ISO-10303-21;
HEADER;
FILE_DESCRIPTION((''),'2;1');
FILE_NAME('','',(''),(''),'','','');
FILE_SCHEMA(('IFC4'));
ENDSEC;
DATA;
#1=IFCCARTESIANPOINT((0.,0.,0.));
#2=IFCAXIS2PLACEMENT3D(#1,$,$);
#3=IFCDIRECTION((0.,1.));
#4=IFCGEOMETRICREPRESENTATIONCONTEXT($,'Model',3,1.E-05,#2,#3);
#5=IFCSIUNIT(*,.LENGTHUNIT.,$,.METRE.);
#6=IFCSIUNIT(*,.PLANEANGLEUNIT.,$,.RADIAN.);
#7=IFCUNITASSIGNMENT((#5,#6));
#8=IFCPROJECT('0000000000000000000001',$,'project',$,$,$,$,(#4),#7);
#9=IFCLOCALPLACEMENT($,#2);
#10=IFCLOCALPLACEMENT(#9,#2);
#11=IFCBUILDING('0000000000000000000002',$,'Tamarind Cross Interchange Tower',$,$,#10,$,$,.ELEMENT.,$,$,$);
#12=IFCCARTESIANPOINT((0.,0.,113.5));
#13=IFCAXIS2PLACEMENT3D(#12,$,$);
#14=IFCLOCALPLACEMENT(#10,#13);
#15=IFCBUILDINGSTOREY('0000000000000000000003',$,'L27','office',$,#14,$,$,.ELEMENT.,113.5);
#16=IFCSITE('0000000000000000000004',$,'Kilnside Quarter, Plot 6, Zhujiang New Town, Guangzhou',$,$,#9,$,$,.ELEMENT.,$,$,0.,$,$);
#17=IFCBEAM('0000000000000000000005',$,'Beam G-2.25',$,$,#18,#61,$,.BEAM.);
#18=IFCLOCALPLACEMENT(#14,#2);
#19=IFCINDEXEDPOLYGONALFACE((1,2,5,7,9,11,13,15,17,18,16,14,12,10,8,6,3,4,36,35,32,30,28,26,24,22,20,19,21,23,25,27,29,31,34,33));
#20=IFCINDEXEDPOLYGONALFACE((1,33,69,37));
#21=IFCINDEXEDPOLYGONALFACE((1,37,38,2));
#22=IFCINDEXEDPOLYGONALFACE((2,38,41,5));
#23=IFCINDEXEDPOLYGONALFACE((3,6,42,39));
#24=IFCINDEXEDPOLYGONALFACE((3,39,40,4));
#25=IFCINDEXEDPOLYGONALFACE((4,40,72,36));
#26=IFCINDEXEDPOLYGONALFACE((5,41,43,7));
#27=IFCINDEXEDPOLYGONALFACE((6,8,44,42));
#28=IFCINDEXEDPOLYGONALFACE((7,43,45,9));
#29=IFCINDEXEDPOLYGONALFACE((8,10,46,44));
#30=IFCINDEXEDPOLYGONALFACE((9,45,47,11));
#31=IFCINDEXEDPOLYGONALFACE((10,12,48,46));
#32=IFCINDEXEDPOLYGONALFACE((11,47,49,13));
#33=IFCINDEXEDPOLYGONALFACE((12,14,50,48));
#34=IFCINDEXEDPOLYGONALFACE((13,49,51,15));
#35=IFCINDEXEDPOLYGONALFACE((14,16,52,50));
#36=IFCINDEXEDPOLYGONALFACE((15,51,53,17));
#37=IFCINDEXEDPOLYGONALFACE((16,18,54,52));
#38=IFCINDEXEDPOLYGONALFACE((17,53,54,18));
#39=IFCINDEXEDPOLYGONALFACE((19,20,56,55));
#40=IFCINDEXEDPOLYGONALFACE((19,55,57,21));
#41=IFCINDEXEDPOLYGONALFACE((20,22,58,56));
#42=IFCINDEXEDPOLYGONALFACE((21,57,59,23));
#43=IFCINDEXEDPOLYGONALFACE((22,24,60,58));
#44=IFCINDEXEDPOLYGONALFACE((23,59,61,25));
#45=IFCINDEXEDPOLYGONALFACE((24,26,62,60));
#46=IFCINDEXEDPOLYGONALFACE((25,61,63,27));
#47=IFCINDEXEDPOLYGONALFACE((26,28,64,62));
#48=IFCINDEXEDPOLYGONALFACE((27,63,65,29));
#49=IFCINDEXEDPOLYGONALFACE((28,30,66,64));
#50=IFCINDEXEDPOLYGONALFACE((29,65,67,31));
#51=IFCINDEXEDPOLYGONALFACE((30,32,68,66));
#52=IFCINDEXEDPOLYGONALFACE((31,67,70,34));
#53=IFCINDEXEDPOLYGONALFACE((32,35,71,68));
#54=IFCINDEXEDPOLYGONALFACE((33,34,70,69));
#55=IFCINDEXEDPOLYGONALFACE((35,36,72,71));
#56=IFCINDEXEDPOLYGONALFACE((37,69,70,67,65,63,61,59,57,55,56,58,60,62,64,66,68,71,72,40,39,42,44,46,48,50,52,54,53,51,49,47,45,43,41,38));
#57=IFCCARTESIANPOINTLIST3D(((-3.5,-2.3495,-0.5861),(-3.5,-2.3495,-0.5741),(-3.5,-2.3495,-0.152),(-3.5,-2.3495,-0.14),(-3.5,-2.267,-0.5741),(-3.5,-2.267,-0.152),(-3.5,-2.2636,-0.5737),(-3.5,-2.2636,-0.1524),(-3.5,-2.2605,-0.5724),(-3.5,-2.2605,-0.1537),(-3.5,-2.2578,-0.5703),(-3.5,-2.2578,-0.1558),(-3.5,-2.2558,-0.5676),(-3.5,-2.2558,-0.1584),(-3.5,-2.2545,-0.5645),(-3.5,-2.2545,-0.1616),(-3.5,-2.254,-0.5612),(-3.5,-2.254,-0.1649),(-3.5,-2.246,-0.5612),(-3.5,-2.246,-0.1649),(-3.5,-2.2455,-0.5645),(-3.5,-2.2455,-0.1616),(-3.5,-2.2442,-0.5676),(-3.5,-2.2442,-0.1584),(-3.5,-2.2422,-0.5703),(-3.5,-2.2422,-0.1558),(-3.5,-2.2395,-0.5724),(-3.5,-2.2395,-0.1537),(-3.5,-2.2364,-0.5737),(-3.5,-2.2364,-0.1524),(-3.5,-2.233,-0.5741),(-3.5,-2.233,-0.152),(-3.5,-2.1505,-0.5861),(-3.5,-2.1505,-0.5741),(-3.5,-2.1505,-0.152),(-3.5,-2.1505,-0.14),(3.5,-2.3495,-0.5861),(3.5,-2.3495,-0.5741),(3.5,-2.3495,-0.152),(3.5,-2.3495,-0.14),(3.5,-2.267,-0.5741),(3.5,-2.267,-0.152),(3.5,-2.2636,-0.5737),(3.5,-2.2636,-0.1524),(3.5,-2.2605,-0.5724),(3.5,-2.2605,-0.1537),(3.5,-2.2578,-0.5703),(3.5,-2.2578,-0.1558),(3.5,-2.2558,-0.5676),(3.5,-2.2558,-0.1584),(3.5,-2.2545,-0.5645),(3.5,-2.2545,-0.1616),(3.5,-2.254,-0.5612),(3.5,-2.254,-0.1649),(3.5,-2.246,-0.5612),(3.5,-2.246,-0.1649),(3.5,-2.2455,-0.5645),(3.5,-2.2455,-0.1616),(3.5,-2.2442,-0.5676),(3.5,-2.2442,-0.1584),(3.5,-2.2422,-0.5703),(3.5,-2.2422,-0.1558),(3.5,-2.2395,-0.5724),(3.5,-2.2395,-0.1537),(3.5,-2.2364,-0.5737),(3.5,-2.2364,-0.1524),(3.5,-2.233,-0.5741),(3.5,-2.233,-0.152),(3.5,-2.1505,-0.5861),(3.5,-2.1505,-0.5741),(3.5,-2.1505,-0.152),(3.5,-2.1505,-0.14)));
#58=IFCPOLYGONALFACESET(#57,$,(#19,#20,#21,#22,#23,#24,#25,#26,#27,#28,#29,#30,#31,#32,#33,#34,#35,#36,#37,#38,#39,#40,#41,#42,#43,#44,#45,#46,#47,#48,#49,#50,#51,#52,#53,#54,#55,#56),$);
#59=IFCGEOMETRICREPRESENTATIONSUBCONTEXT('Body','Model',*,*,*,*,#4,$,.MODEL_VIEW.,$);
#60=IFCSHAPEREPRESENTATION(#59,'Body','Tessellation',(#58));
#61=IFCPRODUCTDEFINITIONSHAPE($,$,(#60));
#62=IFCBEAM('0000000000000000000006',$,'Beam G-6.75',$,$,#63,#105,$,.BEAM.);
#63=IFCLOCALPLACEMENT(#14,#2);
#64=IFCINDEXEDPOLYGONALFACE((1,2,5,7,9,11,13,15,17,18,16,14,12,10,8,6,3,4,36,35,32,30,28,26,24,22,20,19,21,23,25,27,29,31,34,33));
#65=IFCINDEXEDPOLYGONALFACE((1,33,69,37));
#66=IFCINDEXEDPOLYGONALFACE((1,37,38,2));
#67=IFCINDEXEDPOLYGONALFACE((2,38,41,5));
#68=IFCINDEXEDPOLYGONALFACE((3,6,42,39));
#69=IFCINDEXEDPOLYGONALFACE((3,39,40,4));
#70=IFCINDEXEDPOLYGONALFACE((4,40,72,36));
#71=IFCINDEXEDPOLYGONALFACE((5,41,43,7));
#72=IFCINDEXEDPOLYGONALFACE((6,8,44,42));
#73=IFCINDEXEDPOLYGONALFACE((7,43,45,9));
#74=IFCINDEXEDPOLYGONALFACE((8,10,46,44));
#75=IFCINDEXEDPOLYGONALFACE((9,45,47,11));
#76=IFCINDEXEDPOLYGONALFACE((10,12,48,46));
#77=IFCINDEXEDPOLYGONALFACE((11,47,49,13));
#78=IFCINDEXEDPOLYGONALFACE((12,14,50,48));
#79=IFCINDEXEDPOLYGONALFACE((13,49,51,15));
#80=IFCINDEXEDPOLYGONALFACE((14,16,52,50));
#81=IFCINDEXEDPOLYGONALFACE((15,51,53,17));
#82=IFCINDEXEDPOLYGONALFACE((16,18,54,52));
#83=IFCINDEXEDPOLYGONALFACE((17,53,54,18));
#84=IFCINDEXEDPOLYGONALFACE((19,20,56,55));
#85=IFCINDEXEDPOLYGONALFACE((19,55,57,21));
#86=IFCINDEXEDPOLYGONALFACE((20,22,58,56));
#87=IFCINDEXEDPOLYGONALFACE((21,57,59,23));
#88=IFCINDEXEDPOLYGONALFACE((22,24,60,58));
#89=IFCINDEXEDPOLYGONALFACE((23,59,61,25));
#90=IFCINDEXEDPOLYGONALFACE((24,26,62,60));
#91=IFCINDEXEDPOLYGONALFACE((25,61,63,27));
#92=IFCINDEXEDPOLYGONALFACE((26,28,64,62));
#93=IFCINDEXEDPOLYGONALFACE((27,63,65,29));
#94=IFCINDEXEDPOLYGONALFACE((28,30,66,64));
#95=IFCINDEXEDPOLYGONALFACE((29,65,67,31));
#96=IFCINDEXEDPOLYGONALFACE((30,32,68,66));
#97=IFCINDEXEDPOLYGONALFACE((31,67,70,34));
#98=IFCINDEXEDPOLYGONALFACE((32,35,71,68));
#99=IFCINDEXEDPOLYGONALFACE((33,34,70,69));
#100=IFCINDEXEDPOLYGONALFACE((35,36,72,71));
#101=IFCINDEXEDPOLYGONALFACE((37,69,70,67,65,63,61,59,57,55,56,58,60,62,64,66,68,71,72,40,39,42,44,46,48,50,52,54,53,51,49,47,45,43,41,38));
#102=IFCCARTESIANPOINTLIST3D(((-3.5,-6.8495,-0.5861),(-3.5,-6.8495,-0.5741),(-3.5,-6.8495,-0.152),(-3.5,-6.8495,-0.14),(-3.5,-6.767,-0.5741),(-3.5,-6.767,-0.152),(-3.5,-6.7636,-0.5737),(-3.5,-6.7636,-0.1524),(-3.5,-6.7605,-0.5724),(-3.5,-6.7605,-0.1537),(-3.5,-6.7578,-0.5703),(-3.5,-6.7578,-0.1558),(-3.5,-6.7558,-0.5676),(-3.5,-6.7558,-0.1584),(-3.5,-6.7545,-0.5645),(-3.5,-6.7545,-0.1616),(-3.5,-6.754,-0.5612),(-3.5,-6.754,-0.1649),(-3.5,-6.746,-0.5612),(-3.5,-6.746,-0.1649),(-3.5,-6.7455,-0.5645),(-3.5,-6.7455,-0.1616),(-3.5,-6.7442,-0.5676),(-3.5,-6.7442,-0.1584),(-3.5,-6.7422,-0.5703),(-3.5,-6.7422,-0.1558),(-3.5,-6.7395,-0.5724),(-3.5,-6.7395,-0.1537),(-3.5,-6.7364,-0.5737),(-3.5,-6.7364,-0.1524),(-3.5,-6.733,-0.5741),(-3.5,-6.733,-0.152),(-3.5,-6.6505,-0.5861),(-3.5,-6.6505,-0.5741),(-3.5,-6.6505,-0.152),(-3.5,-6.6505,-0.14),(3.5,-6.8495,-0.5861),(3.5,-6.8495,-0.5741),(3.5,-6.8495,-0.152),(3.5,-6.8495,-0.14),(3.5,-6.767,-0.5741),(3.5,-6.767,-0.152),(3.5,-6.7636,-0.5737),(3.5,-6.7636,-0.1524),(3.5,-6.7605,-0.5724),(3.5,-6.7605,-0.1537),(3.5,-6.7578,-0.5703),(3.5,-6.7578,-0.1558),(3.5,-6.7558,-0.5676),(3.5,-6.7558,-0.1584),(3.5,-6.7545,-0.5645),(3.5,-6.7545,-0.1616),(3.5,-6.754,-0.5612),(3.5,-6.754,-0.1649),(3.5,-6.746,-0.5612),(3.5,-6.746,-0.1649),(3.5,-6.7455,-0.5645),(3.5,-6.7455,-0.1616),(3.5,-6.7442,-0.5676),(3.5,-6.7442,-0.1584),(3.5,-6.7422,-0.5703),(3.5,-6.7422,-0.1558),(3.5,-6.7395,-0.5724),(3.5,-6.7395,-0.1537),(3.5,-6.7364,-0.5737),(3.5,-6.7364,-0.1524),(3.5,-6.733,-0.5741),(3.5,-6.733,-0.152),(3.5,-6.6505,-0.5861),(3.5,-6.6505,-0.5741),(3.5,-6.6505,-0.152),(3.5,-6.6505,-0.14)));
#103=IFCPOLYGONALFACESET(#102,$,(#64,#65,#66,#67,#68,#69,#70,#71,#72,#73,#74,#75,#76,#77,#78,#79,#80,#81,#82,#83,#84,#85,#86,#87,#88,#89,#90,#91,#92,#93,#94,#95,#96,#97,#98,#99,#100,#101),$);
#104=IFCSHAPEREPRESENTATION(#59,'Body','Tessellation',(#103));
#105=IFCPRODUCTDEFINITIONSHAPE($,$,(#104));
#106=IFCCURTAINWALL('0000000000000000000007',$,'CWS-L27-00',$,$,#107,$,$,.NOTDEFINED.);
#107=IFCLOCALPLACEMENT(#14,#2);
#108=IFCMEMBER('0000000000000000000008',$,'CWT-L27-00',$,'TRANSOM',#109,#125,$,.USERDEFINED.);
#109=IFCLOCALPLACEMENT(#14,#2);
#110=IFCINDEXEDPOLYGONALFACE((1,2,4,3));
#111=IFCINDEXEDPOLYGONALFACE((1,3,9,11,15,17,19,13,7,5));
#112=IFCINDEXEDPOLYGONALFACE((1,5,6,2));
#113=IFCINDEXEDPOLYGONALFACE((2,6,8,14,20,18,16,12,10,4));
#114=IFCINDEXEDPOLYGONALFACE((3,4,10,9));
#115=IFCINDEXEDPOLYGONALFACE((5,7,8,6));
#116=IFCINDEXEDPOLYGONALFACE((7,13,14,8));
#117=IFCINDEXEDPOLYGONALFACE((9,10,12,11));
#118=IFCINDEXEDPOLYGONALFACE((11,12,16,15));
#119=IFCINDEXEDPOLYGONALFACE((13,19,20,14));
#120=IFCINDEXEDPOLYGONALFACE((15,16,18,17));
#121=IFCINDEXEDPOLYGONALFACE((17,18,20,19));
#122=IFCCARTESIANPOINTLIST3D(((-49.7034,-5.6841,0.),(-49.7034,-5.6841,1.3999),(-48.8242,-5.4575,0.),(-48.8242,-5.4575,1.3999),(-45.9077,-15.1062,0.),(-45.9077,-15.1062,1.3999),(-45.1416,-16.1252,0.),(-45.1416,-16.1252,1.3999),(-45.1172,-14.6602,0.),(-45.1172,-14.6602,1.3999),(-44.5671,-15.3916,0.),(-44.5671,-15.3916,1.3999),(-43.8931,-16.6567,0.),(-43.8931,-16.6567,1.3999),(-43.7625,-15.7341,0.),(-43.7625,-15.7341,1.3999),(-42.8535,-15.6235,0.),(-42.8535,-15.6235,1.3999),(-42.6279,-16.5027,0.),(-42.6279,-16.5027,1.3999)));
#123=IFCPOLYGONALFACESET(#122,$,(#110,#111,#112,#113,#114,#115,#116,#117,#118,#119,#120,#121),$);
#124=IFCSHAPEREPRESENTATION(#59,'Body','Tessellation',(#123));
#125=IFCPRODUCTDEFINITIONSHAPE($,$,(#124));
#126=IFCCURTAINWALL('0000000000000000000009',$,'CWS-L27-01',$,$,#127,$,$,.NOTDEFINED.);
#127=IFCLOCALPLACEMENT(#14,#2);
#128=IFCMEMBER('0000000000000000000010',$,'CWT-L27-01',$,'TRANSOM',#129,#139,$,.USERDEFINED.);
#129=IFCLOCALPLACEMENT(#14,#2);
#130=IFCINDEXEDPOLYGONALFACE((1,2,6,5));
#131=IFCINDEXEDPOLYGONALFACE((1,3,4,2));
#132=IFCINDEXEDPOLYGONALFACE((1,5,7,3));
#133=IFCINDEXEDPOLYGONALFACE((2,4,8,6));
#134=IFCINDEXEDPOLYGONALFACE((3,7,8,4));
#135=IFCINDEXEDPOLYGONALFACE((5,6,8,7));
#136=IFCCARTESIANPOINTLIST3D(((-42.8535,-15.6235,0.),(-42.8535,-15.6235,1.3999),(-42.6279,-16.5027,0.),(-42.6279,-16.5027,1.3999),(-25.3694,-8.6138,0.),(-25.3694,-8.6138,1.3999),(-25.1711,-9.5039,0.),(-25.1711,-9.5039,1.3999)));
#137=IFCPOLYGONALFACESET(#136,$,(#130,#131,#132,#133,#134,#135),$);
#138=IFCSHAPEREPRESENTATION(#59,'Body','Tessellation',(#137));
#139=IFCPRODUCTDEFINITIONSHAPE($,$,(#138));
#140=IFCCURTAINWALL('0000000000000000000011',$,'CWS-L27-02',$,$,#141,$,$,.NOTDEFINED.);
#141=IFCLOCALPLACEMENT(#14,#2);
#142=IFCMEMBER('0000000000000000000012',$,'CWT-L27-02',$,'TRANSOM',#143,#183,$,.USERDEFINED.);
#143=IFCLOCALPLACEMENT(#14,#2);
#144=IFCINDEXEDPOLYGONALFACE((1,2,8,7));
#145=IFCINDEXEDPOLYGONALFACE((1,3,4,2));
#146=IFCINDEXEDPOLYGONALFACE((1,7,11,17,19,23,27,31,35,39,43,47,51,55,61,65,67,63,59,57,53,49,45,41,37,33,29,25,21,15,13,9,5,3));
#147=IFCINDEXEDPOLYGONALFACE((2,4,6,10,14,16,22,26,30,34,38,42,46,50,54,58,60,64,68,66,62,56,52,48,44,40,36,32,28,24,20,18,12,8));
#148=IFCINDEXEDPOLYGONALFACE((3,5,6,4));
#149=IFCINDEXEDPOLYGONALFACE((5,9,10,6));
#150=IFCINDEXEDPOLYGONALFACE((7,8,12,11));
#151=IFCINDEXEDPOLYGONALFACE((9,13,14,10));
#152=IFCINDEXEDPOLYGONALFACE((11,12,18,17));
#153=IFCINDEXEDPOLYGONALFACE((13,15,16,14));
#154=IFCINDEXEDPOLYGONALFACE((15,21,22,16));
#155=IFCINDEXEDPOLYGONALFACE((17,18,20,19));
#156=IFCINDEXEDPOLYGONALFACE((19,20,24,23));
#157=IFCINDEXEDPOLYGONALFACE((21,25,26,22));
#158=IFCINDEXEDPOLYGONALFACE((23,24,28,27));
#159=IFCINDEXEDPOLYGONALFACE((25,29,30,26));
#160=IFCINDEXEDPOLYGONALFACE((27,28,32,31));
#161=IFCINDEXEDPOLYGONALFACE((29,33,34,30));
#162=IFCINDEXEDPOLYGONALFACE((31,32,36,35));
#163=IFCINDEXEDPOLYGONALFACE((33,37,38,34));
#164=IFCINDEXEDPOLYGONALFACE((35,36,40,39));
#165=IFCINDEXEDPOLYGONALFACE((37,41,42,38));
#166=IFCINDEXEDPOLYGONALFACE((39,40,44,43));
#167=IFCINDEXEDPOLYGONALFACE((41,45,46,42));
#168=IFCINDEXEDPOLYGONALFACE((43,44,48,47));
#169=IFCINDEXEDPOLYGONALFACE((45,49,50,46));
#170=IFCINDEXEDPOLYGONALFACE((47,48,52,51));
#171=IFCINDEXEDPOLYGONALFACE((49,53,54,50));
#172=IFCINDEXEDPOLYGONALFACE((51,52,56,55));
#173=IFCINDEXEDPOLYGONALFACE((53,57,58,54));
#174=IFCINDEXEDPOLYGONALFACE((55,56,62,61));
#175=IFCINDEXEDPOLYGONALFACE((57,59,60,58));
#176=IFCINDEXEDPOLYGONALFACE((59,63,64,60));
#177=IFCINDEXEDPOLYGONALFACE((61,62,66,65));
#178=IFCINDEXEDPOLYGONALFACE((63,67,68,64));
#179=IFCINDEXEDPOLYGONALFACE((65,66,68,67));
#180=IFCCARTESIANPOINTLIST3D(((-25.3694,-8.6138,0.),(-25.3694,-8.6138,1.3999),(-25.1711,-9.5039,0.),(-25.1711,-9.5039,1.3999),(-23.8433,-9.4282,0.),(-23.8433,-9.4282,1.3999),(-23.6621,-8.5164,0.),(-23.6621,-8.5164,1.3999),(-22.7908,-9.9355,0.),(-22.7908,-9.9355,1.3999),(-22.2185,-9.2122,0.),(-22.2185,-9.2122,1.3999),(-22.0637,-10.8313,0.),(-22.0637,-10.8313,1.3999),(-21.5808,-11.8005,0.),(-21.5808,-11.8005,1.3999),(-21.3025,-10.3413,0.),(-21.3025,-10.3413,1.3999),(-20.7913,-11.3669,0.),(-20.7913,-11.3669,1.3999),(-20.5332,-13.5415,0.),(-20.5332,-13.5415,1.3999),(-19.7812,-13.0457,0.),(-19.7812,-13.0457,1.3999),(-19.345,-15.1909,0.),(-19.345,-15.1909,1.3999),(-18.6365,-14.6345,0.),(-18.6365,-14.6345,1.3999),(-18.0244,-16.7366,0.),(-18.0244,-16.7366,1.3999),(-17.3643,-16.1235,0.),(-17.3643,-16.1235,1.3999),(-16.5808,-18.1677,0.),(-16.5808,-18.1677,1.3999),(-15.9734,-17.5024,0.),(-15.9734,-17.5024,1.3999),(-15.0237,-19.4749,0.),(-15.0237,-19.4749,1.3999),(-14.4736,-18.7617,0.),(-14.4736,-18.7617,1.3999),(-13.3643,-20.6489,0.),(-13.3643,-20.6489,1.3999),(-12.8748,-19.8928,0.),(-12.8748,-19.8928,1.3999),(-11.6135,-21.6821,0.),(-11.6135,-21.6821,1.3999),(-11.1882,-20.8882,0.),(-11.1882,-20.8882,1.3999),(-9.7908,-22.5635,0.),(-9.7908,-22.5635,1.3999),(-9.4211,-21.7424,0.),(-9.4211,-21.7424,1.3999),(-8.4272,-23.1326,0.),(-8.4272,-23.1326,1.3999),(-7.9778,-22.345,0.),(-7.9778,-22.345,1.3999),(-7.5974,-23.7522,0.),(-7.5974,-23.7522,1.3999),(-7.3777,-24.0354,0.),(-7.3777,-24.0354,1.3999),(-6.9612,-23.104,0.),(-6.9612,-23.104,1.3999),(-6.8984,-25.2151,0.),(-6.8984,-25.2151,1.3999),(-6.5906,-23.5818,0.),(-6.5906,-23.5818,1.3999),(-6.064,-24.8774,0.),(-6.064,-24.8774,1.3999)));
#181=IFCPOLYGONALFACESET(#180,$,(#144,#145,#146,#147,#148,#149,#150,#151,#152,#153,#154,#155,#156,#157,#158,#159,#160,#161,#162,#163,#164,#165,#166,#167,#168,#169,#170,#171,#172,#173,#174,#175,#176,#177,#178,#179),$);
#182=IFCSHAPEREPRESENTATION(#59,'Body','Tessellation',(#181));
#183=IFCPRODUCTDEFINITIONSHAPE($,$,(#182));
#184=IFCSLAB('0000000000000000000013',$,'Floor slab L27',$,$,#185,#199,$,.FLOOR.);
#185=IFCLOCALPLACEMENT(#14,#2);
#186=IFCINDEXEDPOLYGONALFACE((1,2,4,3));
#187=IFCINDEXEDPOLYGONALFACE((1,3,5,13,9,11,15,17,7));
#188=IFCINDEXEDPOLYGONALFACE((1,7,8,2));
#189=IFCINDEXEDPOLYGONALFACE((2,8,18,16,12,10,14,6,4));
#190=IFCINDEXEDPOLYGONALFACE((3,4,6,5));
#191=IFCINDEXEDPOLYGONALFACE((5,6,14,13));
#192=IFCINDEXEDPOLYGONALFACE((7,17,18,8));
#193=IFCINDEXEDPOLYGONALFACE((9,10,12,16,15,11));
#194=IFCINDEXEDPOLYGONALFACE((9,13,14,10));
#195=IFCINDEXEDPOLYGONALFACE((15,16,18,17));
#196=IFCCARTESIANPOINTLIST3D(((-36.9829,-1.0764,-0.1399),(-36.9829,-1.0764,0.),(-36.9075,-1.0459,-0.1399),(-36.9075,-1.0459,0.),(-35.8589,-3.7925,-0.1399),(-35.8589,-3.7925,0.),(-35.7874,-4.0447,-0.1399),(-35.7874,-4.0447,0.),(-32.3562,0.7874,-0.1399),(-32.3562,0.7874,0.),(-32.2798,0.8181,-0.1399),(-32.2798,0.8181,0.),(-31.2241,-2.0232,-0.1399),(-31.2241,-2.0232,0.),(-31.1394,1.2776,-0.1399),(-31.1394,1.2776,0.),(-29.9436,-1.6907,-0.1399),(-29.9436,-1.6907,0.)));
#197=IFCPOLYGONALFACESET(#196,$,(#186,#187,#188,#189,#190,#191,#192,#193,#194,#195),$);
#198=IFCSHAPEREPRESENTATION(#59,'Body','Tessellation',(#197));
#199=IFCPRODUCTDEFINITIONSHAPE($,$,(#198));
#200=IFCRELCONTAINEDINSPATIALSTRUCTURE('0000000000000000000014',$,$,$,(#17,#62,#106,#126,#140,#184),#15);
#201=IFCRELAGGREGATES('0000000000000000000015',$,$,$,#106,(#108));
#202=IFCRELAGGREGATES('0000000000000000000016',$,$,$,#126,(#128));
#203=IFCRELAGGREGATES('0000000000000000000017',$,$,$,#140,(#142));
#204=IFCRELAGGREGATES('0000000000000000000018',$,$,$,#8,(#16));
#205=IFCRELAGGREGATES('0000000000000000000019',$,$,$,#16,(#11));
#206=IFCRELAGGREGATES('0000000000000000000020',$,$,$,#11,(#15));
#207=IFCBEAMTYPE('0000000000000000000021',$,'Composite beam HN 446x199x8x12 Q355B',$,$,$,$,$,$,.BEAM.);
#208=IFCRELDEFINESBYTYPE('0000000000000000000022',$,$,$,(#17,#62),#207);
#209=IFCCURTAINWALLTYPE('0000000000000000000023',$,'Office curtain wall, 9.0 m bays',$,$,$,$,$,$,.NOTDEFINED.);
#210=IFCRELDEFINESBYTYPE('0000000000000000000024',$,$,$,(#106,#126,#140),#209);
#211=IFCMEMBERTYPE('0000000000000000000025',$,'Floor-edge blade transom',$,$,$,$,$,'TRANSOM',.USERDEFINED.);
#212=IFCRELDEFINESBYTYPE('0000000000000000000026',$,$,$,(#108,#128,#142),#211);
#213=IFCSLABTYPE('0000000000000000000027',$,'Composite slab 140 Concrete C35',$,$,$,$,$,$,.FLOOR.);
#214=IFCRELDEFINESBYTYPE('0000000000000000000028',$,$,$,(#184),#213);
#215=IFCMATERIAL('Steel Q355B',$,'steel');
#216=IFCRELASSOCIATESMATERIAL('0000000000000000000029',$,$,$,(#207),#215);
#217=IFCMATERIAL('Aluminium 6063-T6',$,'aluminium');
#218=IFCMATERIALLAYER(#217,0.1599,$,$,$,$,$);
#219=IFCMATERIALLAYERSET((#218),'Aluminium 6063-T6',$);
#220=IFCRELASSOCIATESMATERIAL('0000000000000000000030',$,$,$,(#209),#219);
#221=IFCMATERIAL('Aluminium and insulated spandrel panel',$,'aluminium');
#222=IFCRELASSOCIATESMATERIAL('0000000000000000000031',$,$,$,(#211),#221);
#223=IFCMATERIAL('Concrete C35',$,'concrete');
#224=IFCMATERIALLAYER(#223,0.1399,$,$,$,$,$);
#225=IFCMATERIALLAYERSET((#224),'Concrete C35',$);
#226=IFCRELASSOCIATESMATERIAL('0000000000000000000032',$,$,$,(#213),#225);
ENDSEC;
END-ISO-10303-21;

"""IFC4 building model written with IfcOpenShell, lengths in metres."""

from ifc_helpers import new_model, si_unit, direction, frame, origin, origin_2d, place, context, subcontext, project, spatial, polyline, i_section, outline, extrude, material, layer, layer_set, material_profile, profile_set, type_object, element, aggregate, save


model = new_model("IFC4")

# Units and contexts
model_context = context("Model", 3, precision=1e-05, world=origin(), true_north=direction((0.0, 1.0)))
body_context = subcontext(model_context, "Body", "Model", "MODEL_VIEW")
ifc_project = project(units=[si_unit("LENGTHUNIT", "METRE"), si_unit("PLANEANGLEUNIT", "RADIAN")], contexts=[model_context])

# Site, building, storey
site_placement = place(None, origin())
site = spatial("IfcSite", under=ifc_project, at=site_placement, Name="Kilnside Quarter, Plot 6, Zhujiang New Town, Guangzhou", CompositionType="ELEMENT", RefElevation=0.0)
building_placement = place(site_placement, origin())
building = spatial("IfcBuilding", under=site, at=building_placement, Name="Tamarind Cross Interchange Tower", CompositionType="ELEMENT")
storey_placement = place(building_placement, frame((0.0, 0.0, 113.5)))
storey = spatial("IfcBuildingStorey", under=building, at=storey_placement, Name="L27", Description="office", CompositionType="ELEMENT", Elevation=113.5)

# Beams
ifc_material_1 = material(Name="Steel Q355B", Category="steel")
ifc_material_profile = material_profile(ifc_material_1, i_section(OverallWidth=0.199, OverallDepth=0.446, WebThickness=0.0081, FlangeThickness=0.012, FilletRadius=0.0129, at=origin_2d()), Name="HN 446x199x8x12")
ifc_profile_set = profile_set([ifc_material_profile], Name="Steel Q355B")
beam_type = type_object("IfcBeamType", Name="Composite beam HN 446x199x8x12 Q355B", PredefinedType="BEAM", material=ifc_profile_set)
for number, where, z_axis, x_axis, name in (
    (1, (-3.5, -2.25, -0.363), (1.0, 0.0, 0.0), (0.0, 1.0, 0.0), "Beam G-2.25"),
    (2, (-3.5, -6.75, -0.363), (1.0, 0.0, 0.0), (0.0, 1.0, 0.0), "Beam G-6.75"),
):
    element("IfcBeam", number, at=place(storey_placement, frame(where, z_axis=z_axis, x_axis=x_axis)), inside=storey, type_object=beam_type, Name=name, PredefinedType="BEAM", context=body_context, shape_type="SweptSolid", body=[
        extrude(i_section(OverallWidth=0.199, OverallDepth=0.446, WebThickness=0.0081, FlangeThickness=0.012, FilletRadius=0.0129, at=origin_2d()), origin(), (0.0, 0.0, 1.0), 7.0),
    ])

# Curtain walls, members
ifc_material_2 = material(Name="Aluminium 6063-T6", Category="aluminium")
ifc_layer_1 = layer(ifc_material_2, 0.1599)
ifc_layer_set_1 = layer_set([ifc_layer_1], Name="Aluminium 6063-T6")
curtain_wall_type = type_object("IfcCurtainWallType", Name="Office curtain wall, 9.0 m bays", PredefinedType="NOTDEFINED", material=ifc_layer_set_1)
curtain_wall_1_placement = place(storey_placement, origin())
curtain_wall_1 = element("IfcCurtainWall", 3, at=curtain_wall_1_placement, inside=storey, type_object=curtain_wall_type, Name="CWS-L27-00", PredefinedType="NOTDEFINED")
ifc_material_3 = material(Name="Aluminium and insulated spandrel panel", Category="aluminium")
member_type = type_object("IfcMemberType", Name="Floor-edge blade transom", ElementType="TRANSOM", PredefinedType="USERDEFINED", material=ifc_material_3)
member_1_placement = place(storey_placement, origin())
member_1 = element("IfcMember", 4, at=member_1_placement, type_object=member_type, Name="CWT-L27-00", ObjectType="TRANSOM", PredefinedType="USERDEFINED", context=body_context, shape_type="SweptSolid", body=[
    extrude(outline(polyline([(-48.8242, -5.4575), (-45.1172, -14.6602), (-44.5671, -15.3916), (-43.7625, -15.7341), (-42.8535, -15.6235), (-42.6279, -16.5027), (-43.8931, -16.6567), (-45.1416, -16.1252), (-45.9077, -15.1062), (-49.7034, -5.6841), (-48.8242, -5.4575)])), origin(), (0.0, 0.0, 1.0), 1.3999),
])
curtain_wall_2_placement = place(storey_placement, origin())
curtain_wall_2 = element("IfcCurtainWall", 5, at=curtain_wall_2_placement, inside=storey, type_object=curtain_wall_type, Name="CWS-L27-01", PredefinedType="NOTDEFINED")
member_2_placement = place(storey_placement, origin())
member_2 = element("IfcMember", 6, at=member_2_placement, type_object=member_type, Name="CWT-L27-01", ObjectType="TRANSOM", PredefinedType="USERDEFINED", context=body_context, shape_type="SweptSolid", body=[
    extrude(outline(polyline([(-42.8535, -15.6235), (-25.3694, -8.6138), (-25.1711, -9.5039), (-42.6279, -16.5027), (-42.8535, -15.6235)])), origin(), (0.0, 0.0, 1.0), 1.3999),
])
curtain_wall_3_placement = place(storey_placement, origin())
curtain_wall_3 = element("IfcCurtainWall", 7, at=curtain_wall_3_placement, inside=storey, type_object=curtain_wall_type, Name="CWS-L27-02", PredefinedType="NOTDEFINED")
member_3_placement = place(storey_placement, origin())
member_3 = element("IfcMember", 8, at=member_3_placement, type_object=member_type, Name="CWT-L27-02", ObjectType="TRANSOM", PredefinedType="USERDEFINED", context=body_context, shape_type="SweptSolid", body=[
    extrude(outline(polyline([(-25.3694, -8.6138), (-23.6621, -8.5164), (-22.2185, -9.2122), (-21.3025, -10.3413), (-20.7913, -11.3669), (-19.7812, -13.0457), (-18.6365, -14.6345), (-17.3643, -16.1235), (-15.9734, -17.5024), (-14.4736, -18.7617), (-12.8748, -19.8928), (-11.1882, -20.8882), (-9.4211, -21.7424), (-7.9778, -22.345), (-6.9612, -23.104), (-6.5906, -23.5818), (-6.064, -24.8774), (-6.8984, -25.2151), (-7.3777, -24.0354), (-7.5974, -23.7522), (-8.4272, -23.1326), (-9.7908, -22.5635), (-11.6135, -21.6821), (-13.3643, -20.6489), (-15.0237, -19.4749), (-16.5808, -18.1677), (-18.0244, -16.7366), (-19.345, -15.1909), (-20.5332, -13.5415), (-21.5808, -11.8005), (-22.0637, -10.8313), (-22.7908, -9.9355), (-23.8433, -9.4282), (-25.1711, -9.5039), (-25.3694, -8.6138)])), origin(), (0.0, 0.0, 1.0), 1.3999),
])

# Slab
ifc_material_4 = material(Name="Concrete C35", Category="concrete")
ifc_layer_2 = layer(ifc_material_4, 0.1399)
ifc_layer_set_2 = layer_set([ifc_layer_2], Name="Concrete C35")
slab_type = type_object("IfcSlabType", Name="Composite slab 140 Concrete C35", PredefinedType="FLOOR", material=ifc_layer_set_2)
slab_1_placement = place(storey_placement, frame((0.0, 0.0, -0.1399)))
element("IfcSlab", 9, at=slab_1_placement, inside=storey, type_object=slab_type, Name="Floor slab L27", PredefinedType="FLOOR", context=body_context, shape_type="SweptSolid", body=[
    extrude(outline(polyline([(-36.9829, -1.0764), (-35.7874, -4.0447), (-29.9436, -1.6907), (-31.1394, 1.2776), (-32.2798, 0.8181), (-32.3562, 0.7874), (-31.2241, -2.0232), (-35.8589, -3.7925), (-36.9075, -1.0459), (-36.9829, -1.0764)])), origin(), (0.0, 0.0, 1.0), 0.1399),
])

aggregate(curtain_wall_1, [member_1])
aggregate(curtain_wall_2, [member_2])
aggregate(curtain_wall_3, [member_3])

save(model, "model.ifc")
